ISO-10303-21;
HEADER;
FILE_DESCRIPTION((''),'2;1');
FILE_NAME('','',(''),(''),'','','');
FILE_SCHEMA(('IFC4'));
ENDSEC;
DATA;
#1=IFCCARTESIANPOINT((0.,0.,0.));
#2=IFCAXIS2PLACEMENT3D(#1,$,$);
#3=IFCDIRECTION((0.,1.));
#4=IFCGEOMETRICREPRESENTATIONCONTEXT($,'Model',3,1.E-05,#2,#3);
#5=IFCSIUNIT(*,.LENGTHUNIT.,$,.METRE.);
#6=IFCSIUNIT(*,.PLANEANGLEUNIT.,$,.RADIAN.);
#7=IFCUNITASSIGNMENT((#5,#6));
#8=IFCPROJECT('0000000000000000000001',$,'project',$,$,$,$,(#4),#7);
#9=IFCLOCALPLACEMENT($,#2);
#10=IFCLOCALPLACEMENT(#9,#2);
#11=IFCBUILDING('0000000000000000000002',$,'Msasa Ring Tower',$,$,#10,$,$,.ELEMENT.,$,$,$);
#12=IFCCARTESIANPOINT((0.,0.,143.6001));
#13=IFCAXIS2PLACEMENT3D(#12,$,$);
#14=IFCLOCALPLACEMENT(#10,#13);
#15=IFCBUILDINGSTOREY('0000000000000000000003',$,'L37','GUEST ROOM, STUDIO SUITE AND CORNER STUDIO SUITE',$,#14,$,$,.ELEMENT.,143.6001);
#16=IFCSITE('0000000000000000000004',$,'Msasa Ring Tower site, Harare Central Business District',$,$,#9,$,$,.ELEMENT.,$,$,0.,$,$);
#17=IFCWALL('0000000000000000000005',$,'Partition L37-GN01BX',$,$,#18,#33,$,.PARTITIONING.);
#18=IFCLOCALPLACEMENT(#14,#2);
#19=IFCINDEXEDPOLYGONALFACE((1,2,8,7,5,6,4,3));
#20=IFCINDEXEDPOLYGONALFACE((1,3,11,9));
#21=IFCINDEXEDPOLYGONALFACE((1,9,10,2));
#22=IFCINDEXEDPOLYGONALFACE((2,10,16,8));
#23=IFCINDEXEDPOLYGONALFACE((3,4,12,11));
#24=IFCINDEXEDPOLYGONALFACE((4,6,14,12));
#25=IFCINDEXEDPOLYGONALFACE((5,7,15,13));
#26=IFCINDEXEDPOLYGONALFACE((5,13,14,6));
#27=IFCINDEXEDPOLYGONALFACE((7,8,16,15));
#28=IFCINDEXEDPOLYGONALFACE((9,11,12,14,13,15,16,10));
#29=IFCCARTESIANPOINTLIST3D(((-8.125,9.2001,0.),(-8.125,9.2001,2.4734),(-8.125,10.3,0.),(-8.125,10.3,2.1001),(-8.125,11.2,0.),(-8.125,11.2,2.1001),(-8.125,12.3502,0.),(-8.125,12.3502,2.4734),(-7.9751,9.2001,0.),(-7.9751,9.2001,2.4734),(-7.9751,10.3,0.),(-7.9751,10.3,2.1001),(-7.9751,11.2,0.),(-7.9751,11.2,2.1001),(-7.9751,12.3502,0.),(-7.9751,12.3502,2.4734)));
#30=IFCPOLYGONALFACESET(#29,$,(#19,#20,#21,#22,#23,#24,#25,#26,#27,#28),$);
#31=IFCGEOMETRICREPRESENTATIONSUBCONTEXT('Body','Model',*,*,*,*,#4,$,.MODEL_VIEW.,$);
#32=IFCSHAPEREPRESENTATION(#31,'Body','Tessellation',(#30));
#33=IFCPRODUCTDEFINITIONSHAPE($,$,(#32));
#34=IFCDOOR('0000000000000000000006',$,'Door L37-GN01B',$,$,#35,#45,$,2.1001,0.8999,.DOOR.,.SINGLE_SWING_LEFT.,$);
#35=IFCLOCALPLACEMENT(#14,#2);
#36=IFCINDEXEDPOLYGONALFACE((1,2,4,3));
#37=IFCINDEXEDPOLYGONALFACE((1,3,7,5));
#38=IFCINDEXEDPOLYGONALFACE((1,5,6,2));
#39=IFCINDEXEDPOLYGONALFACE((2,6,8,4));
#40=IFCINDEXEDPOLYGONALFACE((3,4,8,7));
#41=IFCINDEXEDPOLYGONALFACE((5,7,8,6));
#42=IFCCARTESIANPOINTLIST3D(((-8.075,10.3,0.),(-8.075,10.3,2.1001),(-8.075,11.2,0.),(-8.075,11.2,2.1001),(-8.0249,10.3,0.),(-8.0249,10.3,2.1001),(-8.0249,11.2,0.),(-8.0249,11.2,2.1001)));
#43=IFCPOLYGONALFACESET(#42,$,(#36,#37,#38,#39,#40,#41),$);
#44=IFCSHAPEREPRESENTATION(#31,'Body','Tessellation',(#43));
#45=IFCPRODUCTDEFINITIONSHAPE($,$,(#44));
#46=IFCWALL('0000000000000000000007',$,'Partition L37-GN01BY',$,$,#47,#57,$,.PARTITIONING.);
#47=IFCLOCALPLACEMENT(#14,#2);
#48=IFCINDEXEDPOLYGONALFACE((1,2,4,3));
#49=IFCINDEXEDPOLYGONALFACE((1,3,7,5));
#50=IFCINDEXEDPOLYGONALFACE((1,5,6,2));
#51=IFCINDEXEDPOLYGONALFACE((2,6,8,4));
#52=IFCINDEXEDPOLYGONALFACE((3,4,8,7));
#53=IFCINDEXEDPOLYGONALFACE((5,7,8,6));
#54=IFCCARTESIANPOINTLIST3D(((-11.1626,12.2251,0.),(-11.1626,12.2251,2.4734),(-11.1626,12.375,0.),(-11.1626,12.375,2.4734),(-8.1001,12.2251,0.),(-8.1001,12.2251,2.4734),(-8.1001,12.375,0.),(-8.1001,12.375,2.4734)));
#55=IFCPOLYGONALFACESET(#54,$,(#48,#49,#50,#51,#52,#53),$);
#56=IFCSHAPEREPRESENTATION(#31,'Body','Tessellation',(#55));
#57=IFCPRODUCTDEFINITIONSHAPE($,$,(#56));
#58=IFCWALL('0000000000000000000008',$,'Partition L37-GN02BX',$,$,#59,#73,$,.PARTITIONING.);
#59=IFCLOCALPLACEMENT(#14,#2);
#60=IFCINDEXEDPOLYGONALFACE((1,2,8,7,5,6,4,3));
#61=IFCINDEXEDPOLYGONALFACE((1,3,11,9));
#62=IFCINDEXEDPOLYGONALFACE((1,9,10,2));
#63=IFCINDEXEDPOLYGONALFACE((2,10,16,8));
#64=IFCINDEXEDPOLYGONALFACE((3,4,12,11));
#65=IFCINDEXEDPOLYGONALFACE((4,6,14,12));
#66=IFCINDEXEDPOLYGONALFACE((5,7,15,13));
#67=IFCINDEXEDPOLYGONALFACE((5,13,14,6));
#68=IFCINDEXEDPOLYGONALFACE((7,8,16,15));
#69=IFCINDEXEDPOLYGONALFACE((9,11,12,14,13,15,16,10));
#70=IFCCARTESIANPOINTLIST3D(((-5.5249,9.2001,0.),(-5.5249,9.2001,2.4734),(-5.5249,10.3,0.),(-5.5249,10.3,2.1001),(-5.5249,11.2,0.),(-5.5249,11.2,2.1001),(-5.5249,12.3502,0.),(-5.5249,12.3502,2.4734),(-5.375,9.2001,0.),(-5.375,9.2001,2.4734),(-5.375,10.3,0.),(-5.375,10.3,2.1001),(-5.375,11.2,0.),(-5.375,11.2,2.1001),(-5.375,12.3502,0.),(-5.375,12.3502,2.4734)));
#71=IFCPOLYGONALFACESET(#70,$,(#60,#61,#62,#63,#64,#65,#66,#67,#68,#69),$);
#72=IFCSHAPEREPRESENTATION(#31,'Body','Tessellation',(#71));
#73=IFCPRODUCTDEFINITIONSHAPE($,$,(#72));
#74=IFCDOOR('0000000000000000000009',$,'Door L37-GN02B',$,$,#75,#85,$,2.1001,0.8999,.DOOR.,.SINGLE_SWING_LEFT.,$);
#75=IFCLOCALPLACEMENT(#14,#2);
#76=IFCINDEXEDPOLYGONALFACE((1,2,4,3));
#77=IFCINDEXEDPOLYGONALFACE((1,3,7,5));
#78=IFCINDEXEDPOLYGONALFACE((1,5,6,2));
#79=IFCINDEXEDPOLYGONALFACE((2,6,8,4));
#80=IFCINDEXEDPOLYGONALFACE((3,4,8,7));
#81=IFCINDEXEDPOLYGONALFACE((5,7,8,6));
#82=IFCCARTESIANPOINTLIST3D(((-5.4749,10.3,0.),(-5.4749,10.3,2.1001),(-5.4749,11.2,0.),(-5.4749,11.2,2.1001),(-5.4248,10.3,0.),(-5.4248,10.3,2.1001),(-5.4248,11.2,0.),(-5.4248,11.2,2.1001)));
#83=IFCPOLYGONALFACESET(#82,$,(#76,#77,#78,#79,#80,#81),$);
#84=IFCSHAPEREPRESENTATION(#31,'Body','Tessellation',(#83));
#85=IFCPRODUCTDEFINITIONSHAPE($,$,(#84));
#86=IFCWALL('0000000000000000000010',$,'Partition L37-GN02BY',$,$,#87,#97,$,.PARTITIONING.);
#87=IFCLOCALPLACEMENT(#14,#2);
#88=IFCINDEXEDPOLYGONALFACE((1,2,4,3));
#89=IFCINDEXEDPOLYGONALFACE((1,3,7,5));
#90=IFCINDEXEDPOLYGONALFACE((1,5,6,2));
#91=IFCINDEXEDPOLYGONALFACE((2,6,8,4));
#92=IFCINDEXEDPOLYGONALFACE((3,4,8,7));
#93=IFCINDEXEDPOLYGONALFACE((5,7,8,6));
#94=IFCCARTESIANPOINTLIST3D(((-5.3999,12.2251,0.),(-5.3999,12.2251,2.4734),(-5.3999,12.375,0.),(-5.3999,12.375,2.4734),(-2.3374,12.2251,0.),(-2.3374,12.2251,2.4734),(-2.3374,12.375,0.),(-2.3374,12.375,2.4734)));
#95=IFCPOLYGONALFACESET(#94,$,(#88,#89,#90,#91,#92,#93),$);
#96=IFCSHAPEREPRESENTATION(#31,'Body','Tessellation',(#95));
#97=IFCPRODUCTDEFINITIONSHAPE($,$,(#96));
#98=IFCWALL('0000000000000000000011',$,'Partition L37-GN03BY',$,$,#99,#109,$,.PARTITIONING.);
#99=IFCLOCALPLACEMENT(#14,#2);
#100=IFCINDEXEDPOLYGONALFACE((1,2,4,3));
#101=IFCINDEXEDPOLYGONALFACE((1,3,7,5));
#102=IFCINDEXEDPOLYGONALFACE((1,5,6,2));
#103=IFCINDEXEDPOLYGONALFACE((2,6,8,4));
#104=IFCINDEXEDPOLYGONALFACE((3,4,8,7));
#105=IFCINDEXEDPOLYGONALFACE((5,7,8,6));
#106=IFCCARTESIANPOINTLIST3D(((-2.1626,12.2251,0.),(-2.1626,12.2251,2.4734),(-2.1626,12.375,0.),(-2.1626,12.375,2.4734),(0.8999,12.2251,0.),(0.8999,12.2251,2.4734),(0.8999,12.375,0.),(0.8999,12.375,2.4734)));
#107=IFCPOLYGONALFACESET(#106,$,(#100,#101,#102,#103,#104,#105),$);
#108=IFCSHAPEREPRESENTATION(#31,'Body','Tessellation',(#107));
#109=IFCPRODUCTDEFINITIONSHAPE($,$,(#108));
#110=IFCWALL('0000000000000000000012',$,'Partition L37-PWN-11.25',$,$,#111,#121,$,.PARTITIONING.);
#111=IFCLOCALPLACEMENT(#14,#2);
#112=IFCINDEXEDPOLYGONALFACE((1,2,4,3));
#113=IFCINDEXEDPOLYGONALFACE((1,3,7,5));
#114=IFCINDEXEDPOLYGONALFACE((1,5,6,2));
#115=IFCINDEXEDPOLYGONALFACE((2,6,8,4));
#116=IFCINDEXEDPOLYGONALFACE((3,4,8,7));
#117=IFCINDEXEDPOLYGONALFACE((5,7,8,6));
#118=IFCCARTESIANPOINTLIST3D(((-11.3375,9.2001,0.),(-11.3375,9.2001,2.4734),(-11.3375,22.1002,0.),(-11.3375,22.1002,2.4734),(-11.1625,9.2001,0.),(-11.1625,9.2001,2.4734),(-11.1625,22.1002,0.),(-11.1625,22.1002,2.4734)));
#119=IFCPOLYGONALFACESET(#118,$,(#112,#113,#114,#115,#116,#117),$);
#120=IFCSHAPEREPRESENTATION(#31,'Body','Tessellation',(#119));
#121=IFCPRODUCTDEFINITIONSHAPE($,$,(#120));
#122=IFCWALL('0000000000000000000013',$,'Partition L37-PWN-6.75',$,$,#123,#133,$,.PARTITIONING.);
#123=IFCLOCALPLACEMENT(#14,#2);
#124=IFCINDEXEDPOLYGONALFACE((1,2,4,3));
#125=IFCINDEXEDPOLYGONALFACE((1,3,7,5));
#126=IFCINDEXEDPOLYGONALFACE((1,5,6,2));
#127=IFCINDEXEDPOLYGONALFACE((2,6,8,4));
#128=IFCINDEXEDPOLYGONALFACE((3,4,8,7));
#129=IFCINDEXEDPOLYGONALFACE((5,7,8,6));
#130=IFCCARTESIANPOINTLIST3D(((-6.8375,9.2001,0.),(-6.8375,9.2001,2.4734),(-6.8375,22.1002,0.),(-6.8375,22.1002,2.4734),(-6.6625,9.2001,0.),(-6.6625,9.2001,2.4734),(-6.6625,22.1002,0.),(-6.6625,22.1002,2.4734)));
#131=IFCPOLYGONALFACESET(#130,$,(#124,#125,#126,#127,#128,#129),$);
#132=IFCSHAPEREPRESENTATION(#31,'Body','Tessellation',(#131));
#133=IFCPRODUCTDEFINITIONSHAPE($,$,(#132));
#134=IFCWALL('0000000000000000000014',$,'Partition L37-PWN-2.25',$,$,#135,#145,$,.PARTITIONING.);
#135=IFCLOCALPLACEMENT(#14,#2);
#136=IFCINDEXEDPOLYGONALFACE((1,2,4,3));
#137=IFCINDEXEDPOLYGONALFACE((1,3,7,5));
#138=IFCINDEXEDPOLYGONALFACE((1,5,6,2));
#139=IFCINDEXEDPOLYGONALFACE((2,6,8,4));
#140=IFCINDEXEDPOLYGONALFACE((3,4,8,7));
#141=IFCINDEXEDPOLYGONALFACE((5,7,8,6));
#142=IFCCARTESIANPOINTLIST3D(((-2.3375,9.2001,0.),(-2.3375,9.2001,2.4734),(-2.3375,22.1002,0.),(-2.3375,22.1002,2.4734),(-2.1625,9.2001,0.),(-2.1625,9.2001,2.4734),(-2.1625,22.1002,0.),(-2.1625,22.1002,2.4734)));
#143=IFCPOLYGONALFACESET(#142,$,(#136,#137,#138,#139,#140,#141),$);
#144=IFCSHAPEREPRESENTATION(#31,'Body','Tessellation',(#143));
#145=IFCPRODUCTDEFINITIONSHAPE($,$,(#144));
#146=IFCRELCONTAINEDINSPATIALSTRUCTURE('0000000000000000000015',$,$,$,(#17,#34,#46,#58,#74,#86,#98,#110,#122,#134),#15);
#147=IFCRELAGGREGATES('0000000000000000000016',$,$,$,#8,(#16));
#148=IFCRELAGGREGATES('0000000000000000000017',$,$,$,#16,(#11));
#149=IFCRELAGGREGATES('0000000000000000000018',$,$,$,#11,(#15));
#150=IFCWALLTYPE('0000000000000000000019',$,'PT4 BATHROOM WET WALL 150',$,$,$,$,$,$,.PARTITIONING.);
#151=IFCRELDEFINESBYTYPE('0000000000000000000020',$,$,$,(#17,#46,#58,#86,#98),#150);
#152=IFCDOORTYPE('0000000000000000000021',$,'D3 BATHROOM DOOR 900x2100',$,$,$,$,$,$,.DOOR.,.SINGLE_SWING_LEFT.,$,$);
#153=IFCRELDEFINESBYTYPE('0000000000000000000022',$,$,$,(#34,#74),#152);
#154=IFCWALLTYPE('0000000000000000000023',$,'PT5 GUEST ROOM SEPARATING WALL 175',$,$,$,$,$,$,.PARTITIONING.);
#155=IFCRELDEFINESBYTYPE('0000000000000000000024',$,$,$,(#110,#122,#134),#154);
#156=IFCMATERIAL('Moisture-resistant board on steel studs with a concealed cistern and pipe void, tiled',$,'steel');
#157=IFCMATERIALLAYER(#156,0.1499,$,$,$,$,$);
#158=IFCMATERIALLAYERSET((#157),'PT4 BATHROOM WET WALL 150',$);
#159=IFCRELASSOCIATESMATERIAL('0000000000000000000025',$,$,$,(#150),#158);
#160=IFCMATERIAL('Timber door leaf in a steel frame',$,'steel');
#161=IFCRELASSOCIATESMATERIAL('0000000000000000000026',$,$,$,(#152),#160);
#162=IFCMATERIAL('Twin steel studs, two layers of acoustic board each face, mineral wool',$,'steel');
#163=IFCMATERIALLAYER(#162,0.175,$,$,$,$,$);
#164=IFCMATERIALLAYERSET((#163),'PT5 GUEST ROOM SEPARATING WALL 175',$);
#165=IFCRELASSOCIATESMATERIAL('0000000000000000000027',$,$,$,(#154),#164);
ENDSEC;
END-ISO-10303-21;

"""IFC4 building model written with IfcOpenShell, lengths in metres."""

from ifc_helpers import new_model, si_unit, direction, frame, frame_2d, origin, place, context, subcontext, project, spatial, rectangle, extrude, material, layer, layer_set, type_object, element, fill, save


model = new_model("IFC4")

# Units and contexts
model_context = context("Model", 3, precision=1e-05, world=origin(), true_north=direction((0.0, 1.0)))
body_context = subcontext(model_context, "Body", "Model", "MODEL_VIEW")
ifc_project = project(units=[si_unit("LENGTHUNIT", "METRE"), si_unit("PLANEANGLEUNIT", "RADIAN")], contexts=[model_context])

# Site, building, storey
site_placement = place(None, origin())
site = spatial("IfcSite", under=ifc_project, at=site_placement, Name="Msasa Ring Tower site, Harare Central Business District", CompositionType="ELEMENT", RefElevation=0.0)
building_placement = place(site_placement, origin())
building = spatial("IfcBuilding", under=site, at=building_placement, Name="Msasa Ring Tower", CompositionType="ELEMENT")
storey_placement = place(building_placement, frame((0.0, 0.0, 143.6001)))
storey = spatial("IfcBuildingStorey", under=building, at=storey_placement, Name="L37", Description="GUEST ROOM, STUDIO SUITE AND CORNER STUDIO SUITE", CompositionType="ELEMENT", Elevation=143.6001)

# Wall, opening, door
ifc_material_1 = material(Name="Moisture-resistant board on steel studs with a concealed cistern and pipe void, tiled", Category="steel")
ifc_layer_1 = layer(ifc_material_1, 0.1499)
ifc_layer_set_1 = layer_set([ifc_layer_1], Name="PT4 BATHROOM WET WALL 150")
wall_type_1 = type_object("IfcWallType", Name="PT4 BATHROOM WET WALL 150", PredefinedType="PARTITIONING", material=ifc_layer_set_1)
wall_1_placement = place(storey_placement, frame((-8.05, 9.2, 0.0), z_axis=(0.0, 0.0, 1.0), x_axis=(0.0, 1.0, 0.0)))
wall_1 = element("IfcWall", 1, at=wall_1_placement, inside=storey, type_object=wall_type_1, Name="Partition L37-GN01BX", PredefinedType="PARTITIONING", context=body_context, shape_type="SweptSolid", body=[
    extrude(rectangle(XDim=3.1501, YDim=0.1499, at=frame_2d((1.5752, 0.0))), origin(), (0.0, 0.0, 1.0), 2.4734),
])
opening_1_placement = place(wall_1_placement, frame((1.1001, 0.0, 0.0)))
opening_1 = element("IfcOpeningElement", 2, at=opening_1_placement, cuts=wall_1, PredefinedType="OPENING", context=body_context, shape_type="SweptSolid", body=[
    extrude(rectangle(XDim=0.8999, YDim=2.1001, at=frame_2d((0.45, 1.05))), frame((0.0, 0.085, 0.0), z_axis=(0.0, -1.0, 0.0), x_axis=(1.0, 0.0, 0.0)), (0.0, 0.0, 1.0), 0.1699),
])
ifc_material_2 = material(Name="Timber door leaf in a steel frame", Category="steel")
door_type = type_object("IfcDoorType", Name="D3 BATHROOM DOOR 900x2100", OperationType="SINGLE_SWING_LEFT", PredefinedType="DOOR", material=ifc_material_2)
door_1_placement = place(opening_1_placement, origin())
door_1 = element("IfcDoor", 3, at=door_1_placement, inside=storey, type_object=door_type, Name="Door L37-GN01B", OperationType="SINGLE_SWING_LEFT", OverallHeight=2.1001, OverallWidth=0.8999, PredefinedType="DOOR", context=body_context, shape_type="SweptSolid", body=[
    extrude(rectangle(XDim=0.8999, YDim=2.1001, at=frame_2d((0.45, 1.05))), frame((0.0, 0.0249, 0.0), z_axis=(0.0, -1.0, 0.0), x_axis=(1.0, 0.0, 0.0)), (0.0, 0.0, 1.0), 0.05),
])
fill(opening_1, door_1)

# Wall
wall_2_placement = place(storey_placement, frame((-11.1626, 12.3, 0.0), z_axis=(0.0, 0.0, 1.0), x_axis=(1.0, 0.0, 0.0)))
element("IfcWall", 4, at=wall_2_placement, inside=storey, type_object=wall_type_1, Name="Partition L37-GN01BY", PredefinedType="PARTITIONING", context=body_context, shape_type="SweptSolid", body=[
    extrude(rectangle(XDim=3.0625, YDim=0.1499, at=frame_2d((1.5312, 0.0))), origin(), (0.0, 0.0, 1.0), 2.4734),
])

# Wall, opening, door
wall_3_placement = place(storey_placement, frame((-5.45, 9.2, 0.0), z_axis=(0.0, 0.0, 1.0), x_axis=(0.0, 1.0, 0.0)))
wall_3 = element("IfcWall", 5, at=wall_3_placement, inside=storey, type_object=wall_type_1, Name="Partition L37-GN02BX", PredefinedType="PARTITIONING", context=body_context, shape_type="SweptSolid", body=[
    extrude(rectangle(XDim=3.1501, YDim=0.1499, at=frame_2d((1.5752, 0.0))), origin(), (0.0, 0.0, 1.0), 2.4734),
])
opening_2_placement = place(wall_3_placement, frame((1.1001, 0.0, 0.0)))
opening_2 = element("IfcOpeningElement", 6, at=opening_2_placement, cuts=wall_3, PredefinedType="OPENING", context=body_context, shape_type="SweptSolid", body=[
    extrude(rectangle(XDim=0.8999, YDim=2.1001, at=frame_2d((0.45, 1.05))), frame((0.0, 0.085, 0.0), z_axis=(0.0, -1.0, 0.0), x_axis=(1.0, 0.0, 0.0)), (0.0, 0.0, 1.0), 0.1699),
])
door_2_placement = place(opening_2_placement, origin())
door_2 = element("IfcDoor", 7, at=door_2_placement, inside=storey, type_object=door_type, Name="Door L37-GN02B", OperationType="SINGLE_SWING_LEFT", OverallHeight=2.1001, OverallWidth=0.8999, PredefinedType="DOOR", context=body_context, shape_type="SweptSolid", body=[
    extrude(rectangle(XDim=0.8999, YDim=2.1001, at=frame_2d((0.45, 1.05))), frame((0.0, 0.0249, 0.0), z_axis=(0.0, -1.0, 0.0), x_axis=(1.0, 0.0, 0.0)), (0.0, 0.0, 1.0), 0.05),
])
fill(opening_2, door_2)

# Walls
for number, where, z_axis, x_axis, name in (
    (8, (-5.3999, 12.3, 0.0), (0.0, 0.0, 1.0), (1.0, 0.0, 0.0), "Partition L37-GN02BY"),
    (9, (-2.1626, 12.3, 0.0), (0.0, 0.0, 1.0), (1.0, 0.0, 0.0), "Partition L37-GN03BY"),
):
    element("IfcWall", number, at=place(storey_placement, frame(where, z_axis=z_axis, x_axis=x_axis)), inside=storey, type_object=wall_type_1, Name=name, PredefinedType="PARTITIONING", context=body_context, shape_type="SweptSolid", body=[
        extrude(rectangle(XDim=3.0625, YDim=0.1499, at=frame_2d((1.5312, 0.0))), origin(), (0.0, 0.0, 1.0), 2.4734),
    ])
ifc_material_3 = material(Name="Twin steel studs, two layers of acoustic board each face, mineral wool", Category="steel")
ifc_layer_2 = layer(ifc_material_3, 0.175)
ifc_layer_set_2 = layer_set([ifc_layer_2], Name="PT5 GUEST ROOM SEPARATING WALL 175")
wall_type_2 = type_object("IfcWallType", Name="PT5 GUEST ROOM SEPARATING WALL 175", PredefinedType="PARTITIONING", material=ifc_layer_set_2)
for number, where, z_axis, x_axis, name in (
    (10, (-11.25, 9.2, 0.0), (0.0, 0.0, 1.0), (0.0, 1.0, 0.0), "Partition L37-PWN-11.25"),
    (11, (-6.75, 9.2, 0.0), (0.0, 0.0, 1.0), (0.0, 1.0, 0.0), "Partition L37-PWN-6.75"),
    (12, (-2.25, 9.2, 0.0), (0.0, 0.0, 1.0), (0.0, 1.0, 0.0), "Partition L37-PWN-2.25"),
):
    element("IfcWall", number, at=place(storey_placement, frame(where, z_axis=z_axis, x_axis=x_axis)), inside=storey, type_object=wall_type_2, Name=name, PredefinedType="PARTITIONING", context=body_context, shape_type="SweptSolid", body=[
        extrude(rectangle(XDim=12.9001, YDim=0.175, at=frame_2d((6.4502, 0.0))), origin(), (0.0, 0.0, 1.0), 2.4734),
    ])

save(model, "model.ifc")
